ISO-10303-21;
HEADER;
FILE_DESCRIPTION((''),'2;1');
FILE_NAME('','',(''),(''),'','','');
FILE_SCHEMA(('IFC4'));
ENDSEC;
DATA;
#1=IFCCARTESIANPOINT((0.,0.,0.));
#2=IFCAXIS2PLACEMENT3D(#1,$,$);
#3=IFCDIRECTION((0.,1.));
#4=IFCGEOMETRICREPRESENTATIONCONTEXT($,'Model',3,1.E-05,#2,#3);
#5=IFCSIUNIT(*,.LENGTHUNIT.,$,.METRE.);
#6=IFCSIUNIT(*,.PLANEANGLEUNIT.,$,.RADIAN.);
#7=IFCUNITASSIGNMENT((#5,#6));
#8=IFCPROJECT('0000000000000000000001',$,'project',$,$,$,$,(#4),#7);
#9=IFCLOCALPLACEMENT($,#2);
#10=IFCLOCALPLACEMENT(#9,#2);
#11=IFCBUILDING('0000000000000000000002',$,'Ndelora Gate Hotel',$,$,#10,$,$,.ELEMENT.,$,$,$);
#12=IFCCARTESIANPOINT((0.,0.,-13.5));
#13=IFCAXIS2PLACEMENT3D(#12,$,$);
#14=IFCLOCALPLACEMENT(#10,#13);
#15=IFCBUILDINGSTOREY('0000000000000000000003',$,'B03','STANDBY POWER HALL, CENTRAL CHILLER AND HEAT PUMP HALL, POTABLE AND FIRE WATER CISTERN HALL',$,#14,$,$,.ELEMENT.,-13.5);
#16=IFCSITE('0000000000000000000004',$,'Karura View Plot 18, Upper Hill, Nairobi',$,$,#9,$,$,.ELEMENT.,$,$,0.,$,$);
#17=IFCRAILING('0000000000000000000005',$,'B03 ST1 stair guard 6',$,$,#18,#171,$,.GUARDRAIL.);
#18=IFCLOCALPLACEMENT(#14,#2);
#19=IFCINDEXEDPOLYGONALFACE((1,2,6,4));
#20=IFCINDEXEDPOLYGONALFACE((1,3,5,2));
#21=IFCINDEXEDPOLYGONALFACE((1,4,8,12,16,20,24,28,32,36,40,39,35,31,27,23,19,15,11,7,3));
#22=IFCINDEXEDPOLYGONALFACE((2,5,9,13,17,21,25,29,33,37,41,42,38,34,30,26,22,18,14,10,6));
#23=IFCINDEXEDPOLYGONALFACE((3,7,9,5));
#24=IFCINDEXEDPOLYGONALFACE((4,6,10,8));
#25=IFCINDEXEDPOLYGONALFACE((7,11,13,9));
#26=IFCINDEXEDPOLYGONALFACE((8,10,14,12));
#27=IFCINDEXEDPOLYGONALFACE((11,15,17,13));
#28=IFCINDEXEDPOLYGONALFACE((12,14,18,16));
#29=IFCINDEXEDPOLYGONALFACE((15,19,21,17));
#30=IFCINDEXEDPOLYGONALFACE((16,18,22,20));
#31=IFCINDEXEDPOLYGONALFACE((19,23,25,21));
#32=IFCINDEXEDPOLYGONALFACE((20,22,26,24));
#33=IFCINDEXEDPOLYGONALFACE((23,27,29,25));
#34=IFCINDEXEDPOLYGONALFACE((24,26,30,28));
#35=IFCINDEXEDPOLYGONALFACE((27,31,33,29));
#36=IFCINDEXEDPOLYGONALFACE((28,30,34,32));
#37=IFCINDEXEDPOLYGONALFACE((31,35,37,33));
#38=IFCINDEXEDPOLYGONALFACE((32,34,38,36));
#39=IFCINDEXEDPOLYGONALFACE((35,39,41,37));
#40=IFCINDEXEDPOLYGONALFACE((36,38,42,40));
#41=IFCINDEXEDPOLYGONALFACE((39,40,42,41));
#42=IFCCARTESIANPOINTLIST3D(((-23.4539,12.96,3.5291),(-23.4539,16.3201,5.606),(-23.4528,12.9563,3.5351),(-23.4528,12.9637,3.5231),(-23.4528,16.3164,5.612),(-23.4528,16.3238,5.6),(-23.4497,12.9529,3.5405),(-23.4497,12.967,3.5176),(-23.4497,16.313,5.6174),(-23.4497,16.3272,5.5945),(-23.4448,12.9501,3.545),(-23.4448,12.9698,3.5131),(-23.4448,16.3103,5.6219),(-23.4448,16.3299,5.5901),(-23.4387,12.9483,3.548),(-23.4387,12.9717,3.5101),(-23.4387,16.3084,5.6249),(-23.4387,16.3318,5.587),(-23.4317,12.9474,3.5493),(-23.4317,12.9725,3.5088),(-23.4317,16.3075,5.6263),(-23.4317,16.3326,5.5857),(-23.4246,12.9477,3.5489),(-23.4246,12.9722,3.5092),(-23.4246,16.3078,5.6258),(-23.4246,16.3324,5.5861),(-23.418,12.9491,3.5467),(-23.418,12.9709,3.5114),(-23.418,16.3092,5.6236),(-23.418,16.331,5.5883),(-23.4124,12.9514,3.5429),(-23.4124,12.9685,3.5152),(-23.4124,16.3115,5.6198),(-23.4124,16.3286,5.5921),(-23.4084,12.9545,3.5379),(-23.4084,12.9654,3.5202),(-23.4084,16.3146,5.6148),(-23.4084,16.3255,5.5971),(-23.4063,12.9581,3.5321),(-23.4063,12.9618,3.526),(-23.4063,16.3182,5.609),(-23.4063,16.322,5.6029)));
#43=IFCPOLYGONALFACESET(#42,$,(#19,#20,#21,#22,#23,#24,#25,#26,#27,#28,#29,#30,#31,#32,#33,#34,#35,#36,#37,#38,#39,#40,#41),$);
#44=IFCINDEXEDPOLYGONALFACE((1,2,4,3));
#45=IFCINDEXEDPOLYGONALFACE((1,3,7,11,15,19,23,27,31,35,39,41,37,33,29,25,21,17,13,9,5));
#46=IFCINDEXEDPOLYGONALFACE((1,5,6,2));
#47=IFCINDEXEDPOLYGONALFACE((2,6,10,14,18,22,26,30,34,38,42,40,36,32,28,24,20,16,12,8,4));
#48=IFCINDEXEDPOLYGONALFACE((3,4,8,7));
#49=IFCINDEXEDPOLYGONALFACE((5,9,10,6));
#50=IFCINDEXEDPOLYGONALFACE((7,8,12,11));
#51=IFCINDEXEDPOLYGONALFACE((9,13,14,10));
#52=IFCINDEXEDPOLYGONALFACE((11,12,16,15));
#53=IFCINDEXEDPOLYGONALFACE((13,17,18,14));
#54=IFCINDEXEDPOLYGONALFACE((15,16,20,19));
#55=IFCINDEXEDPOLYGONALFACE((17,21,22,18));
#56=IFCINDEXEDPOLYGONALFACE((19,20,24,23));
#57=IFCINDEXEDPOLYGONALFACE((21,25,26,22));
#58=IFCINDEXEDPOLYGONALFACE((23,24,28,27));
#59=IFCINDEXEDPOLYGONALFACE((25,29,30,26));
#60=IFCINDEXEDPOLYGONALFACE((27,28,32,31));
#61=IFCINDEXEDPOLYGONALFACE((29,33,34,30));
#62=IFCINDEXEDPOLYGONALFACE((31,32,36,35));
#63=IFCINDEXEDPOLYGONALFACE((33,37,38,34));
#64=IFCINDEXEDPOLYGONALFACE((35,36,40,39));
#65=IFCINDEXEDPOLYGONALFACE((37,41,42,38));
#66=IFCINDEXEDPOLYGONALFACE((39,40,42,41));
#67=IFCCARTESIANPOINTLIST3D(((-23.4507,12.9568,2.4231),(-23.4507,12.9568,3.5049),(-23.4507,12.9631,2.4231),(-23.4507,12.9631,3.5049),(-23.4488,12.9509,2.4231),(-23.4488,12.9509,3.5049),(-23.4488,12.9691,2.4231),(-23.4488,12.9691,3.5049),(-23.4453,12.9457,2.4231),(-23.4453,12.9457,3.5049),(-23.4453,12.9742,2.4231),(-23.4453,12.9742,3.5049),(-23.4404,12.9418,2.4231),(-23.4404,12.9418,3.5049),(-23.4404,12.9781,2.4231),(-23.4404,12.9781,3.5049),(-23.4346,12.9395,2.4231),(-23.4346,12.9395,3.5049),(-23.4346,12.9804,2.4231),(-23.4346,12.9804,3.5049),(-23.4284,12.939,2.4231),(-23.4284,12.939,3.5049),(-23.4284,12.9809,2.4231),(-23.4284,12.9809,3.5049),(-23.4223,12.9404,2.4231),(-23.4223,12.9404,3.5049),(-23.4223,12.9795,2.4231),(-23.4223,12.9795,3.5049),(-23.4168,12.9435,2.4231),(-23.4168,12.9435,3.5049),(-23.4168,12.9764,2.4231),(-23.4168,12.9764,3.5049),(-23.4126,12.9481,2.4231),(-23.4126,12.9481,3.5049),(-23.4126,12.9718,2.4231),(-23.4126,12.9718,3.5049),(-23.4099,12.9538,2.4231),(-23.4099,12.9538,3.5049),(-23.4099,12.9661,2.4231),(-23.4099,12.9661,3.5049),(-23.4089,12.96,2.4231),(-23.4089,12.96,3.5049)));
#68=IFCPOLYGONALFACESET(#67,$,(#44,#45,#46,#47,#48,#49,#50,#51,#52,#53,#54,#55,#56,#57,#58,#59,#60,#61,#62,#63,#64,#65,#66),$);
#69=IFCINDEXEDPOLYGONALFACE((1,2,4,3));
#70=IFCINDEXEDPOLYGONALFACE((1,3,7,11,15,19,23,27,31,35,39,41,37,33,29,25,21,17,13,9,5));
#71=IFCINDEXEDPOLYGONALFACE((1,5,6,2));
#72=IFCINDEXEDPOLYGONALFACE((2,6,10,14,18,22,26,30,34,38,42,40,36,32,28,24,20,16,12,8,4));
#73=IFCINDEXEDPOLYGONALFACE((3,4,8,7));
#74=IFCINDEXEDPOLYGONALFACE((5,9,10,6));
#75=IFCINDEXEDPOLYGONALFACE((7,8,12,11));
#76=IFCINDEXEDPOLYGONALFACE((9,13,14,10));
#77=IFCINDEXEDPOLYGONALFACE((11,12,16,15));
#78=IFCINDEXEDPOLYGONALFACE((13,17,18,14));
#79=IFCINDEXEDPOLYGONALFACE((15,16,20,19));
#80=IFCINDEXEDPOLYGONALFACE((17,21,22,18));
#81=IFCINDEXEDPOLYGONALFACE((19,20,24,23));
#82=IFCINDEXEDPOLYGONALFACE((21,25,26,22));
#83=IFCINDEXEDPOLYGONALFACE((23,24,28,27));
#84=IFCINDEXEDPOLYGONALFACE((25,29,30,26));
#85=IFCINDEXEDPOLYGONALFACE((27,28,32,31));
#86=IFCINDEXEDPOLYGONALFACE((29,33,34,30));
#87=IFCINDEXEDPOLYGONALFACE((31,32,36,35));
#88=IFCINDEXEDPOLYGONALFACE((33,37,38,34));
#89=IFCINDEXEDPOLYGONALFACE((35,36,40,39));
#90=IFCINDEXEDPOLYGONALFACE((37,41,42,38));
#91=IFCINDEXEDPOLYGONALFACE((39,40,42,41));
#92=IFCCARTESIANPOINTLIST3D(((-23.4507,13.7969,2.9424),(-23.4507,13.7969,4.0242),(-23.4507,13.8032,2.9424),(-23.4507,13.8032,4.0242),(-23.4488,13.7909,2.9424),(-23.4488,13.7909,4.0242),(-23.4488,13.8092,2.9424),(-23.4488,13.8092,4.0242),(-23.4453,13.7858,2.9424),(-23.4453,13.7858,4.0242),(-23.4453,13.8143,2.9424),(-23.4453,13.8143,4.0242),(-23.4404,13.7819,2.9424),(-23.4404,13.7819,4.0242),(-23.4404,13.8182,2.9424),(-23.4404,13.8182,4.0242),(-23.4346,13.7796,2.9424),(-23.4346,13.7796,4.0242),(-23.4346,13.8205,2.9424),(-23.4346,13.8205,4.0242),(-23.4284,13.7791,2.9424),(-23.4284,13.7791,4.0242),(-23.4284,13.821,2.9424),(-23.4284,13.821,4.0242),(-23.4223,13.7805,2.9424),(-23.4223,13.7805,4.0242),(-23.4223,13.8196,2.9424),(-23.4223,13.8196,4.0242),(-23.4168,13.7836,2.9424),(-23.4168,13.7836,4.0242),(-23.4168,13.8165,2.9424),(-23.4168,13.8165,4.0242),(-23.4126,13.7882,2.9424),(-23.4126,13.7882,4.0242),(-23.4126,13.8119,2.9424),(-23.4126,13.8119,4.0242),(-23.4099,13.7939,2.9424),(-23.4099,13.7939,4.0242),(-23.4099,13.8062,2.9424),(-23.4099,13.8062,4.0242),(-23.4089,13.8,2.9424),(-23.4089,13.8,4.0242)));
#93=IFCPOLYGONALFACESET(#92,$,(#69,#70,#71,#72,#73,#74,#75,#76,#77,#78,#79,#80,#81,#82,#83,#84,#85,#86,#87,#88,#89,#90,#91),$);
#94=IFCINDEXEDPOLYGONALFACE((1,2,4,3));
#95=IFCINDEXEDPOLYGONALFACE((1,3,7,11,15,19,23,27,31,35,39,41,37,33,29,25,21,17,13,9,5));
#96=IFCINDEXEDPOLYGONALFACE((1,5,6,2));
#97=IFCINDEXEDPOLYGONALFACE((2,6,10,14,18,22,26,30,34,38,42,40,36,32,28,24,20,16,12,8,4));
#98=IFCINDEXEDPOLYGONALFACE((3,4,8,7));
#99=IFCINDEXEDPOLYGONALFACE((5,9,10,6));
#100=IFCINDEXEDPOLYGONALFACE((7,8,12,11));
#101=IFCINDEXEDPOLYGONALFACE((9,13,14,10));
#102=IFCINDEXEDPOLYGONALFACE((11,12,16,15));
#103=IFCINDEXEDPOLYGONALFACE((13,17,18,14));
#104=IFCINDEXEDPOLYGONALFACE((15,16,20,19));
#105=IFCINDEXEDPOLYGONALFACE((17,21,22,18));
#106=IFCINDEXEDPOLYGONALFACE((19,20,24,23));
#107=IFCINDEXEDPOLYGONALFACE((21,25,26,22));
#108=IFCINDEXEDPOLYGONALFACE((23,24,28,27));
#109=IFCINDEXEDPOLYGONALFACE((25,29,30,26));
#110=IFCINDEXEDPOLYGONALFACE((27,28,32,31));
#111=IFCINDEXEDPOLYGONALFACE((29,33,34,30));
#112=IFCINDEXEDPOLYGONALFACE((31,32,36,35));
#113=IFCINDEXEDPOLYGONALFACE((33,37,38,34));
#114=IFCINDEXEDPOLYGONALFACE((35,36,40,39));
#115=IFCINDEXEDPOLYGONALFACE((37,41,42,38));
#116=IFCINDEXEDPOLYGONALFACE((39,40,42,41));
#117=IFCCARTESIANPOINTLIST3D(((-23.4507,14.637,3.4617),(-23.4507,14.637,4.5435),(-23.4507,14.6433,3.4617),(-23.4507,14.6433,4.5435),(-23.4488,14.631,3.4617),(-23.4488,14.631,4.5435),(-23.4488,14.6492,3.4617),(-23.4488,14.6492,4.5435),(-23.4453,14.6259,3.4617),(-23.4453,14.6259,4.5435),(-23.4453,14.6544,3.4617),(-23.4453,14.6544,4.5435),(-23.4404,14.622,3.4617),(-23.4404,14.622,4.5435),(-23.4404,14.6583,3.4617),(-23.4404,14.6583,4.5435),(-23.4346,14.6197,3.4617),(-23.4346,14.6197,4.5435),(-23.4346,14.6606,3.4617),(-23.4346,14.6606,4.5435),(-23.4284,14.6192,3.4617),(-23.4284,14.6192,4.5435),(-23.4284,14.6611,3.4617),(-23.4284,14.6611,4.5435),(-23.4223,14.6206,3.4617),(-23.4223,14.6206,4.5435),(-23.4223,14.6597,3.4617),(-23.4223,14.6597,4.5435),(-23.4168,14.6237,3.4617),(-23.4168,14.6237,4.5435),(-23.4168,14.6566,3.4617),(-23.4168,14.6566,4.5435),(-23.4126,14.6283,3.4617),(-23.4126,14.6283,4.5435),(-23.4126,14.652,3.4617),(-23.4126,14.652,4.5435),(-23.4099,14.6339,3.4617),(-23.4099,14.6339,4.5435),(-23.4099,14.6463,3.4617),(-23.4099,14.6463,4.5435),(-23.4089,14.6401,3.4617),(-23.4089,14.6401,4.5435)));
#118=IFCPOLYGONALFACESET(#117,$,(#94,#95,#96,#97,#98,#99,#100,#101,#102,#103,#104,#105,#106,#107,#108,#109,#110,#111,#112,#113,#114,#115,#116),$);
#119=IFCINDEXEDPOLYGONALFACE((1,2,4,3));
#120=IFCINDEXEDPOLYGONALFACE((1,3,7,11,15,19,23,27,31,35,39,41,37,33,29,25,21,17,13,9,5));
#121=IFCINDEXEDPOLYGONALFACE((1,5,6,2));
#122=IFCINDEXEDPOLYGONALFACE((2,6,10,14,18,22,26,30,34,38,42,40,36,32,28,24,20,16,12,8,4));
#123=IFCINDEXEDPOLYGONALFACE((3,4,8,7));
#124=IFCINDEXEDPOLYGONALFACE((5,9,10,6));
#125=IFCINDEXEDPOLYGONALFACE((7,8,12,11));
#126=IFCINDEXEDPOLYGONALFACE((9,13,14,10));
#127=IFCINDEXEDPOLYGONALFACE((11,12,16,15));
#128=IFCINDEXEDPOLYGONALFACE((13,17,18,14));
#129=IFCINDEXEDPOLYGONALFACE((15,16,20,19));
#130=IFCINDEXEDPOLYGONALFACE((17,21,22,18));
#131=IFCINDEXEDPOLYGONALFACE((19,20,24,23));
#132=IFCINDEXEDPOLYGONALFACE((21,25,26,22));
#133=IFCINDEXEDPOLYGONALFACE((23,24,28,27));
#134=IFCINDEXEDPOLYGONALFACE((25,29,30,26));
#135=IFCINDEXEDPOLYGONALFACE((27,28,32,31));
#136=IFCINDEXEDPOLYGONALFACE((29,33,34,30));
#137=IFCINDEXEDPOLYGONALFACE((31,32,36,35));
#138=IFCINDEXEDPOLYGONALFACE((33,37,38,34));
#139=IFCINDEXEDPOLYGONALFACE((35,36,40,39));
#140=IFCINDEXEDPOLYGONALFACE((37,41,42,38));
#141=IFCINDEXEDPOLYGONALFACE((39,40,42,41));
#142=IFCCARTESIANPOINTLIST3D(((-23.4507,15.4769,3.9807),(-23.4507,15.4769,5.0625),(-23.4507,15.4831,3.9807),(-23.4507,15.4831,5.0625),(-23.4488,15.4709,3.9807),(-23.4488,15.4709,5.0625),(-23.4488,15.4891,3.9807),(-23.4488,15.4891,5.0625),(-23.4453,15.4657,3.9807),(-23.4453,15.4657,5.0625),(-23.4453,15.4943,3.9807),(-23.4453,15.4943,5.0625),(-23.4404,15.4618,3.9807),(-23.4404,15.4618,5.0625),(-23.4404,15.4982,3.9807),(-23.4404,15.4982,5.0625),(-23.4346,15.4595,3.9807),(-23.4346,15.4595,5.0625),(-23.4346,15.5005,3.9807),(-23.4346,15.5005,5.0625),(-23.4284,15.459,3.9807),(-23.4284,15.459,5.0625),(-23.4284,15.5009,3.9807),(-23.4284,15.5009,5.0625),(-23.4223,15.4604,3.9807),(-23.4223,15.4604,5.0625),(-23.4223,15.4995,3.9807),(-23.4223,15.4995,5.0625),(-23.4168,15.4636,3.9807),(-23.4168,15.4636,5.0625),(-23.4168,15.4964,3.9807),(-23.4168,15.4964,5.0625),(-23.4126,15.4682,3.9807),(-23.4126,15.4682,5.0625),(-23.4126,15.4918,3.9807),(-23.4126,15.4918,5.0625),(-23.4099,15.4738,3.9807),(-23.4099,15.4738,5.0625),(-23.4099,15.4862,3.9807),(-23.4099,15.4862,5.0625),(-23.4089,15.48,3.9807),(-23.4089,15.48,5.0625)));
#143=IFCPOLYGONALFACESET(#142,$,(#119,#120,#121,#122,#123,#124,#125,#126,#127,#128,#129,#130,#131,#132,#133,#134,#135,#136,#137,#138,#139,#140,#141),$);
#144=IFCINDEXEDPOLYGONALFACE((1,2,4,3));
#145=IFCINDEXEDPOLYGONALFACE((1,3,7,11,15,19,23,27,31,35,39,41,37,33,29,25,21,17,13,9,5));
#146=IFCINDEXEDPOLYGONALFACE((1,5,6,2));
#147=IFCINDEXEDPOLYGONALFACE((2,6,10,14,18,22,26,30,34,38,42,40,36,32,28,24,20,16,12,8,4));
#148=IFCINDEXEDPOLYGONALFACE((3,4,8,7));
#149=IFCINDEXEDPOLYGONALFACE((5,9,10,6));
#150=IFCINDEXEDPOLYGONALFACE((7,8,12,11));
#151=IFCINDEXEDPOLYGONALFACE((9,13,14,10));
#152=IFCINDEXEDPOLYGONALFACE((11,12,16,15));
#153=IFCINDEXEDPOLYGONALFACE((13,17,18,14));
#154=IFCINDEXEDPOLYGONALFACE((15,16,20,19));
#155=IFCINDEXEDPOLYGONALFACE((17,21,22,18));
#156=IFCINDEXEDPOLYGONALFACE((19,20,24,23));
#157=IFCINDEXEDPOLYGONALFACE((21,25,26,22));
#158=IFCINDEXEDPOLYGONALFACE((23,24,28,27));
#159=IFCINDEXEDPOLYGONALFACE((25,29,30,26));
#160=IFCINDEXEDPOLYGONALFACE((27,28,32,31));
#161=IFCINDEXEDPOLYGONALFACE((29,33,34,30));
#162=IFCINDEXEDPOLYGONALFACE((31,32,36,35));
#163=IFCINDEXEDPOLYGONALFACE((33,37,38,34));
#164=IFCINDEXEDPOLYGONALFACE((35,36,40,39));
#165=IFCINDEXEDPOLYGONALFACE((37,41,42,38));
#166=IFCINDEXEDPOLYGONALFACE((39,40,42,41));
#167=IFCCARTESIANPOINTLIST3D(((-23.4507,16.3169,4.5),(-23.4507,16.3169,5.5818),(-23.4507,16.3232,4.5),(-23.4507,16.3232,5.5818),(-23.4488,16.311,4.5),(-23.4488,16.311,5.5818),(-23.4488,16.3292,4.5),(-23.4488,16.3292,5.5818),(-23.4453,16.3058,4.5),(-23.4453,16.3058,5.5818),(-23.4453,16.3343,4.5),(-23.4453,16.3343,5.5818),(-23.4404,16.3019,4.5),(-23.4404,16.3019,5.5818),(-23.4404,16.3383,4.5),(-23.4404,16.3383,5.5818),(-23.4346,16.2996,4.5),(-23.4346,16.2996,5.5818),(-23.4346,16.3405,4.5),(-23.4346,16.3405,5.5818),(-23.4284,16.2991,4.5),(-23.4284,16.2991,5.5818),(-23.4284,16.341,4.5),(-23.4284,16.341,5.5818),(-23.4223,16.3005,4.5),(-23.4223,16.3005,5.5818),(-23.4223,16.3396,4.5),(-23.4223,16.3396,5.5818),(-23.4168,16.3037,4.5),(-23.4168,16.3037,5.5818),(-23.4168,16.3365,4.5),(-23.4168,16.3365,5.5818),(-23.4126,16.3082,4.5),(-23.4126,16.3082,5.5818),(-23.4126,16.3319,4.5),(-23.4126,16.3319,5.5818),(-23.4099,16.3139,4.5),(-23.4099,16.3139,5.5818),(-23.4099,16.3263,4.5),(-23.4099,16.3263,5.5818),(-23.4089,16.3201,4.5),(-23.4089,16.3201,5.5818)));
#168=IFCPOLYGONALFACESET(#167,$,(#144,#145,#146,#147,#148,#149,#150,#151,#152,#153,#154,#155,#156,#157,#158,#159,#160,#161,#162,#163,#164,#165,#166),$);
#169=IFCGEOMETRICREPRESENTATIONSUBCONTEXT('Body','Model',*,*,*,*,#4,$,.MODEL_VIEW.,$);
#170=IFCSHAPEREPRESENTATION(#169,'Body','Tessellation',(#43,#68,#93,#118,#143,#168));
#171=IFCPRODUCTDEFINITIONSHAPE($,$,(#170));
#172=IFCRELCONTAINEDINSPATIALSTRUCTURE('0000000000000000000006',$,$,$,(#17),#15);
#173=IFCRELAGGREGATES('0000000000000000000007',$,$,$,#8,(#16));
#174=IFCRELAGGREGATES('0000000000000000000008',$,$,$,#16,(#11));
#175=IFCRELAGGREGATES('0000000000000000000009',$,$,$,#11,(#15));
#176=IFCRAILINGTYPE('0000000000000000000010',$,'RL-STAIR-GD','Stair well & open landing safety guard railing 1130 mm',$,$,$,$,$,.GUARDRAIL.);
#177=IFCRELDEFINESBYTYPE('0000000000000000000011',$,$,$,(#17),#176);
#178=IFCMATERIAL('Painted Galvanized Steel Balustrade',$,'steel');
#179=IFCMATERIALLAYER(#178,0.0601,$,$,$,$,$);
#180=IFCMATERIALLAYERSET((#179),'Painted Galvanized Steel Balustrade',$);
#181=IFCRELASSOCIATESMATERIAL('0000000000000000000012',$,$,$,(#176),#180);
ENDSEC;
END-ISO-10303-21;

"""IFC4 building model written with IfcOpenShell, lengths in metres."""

from ifc_helpers import new_model, si_unit, direction, frame, origin, origin_2d, place, context, subcontext, project, spatial, circle, extrude, material, layer, layer_set, type_object, element, save


model = new_model("IFC4")

# Units and contexts
model_context = context("Model", 3, precision=1e-05, world=origin(), true_north=direction((0.0, 1.0)))
body_context = subcontext(model_context, "Body", "Model", "MODEL_VIEW")
ifc_project = project(units=[si_unit("LENGTHUNIT", "METRE"), si_unit("PLANEANGLEUNIT", "RADIAN")], contexts=[model_context])

# Site, building, storey
site_placement = place(None, origin())
site = spatial("IfcSite", under=ifc_project, at=site_placement, Name="Karura View Plot 18, Upper Hill, Nairobi", CompositionType="ELEMENT", RefElevation=0.0)
building_placement = place(site_placement, origin())
building = spatial("IfcBuilding", under=site, at=building_placement, Name="Ndelora Gate Hotel", CompositionType="ELEMENT")
storey_placement = place(building_placement, frame((0.0, 0.0, -13.5)))
storey = spatial("IfcBuildingStorey", under=building, at=storey_placement, Name="B03", Description="STANDBY POWER HALL, CENTRAL CHILLER AND HEAT PUMP HALL, POTABLE AND FIRE WATER CISTERN HALL", CompositionType="ELEMENT", Elevation=-13.5)

# Railing
ifc_material_1 = material(Name="Painted Galvanized Steel Balustrade", Category="steel")
ifc_layer_1 = layer(ifc_material_1, 0.0601)
ifc_layer_set_1 = layer_set([ifc_layer_1], Name="Painted Galvanized Steel Balustrade")
railing_type = type_object("IfcRailingType", Name="RL-STAIR-GD", Description="Stair well & open landing safety guard railing 1130 mm", PredefinedType="GUARDRAIL", material=ifc_layer_set_1)
railing_1_placement = place(storey_placement, frame((-23.4299, 12.96, 2.4231)))
element("IfcRailing", 1, at=railing_1_placement, inside=storey, type_object=railing_type, Name="B03 ST1 stair guard 6", PredefinedType="GUARDRAIL", context=body_context, shape_type="SweptSolid", body=[
    extrude(circle(Radius=0.0239, at=origin_2d()), frame((0.0, 0.0, 1.106), z_axis=(0.0, 0.850623, 0.525776), x_axis=(-1.0, 0.0, 0.0)), (0.0, 0.0, 1.0), 3.9502),
    extrude(circle(Radius=0.021, at=origin_2d()), origin(), (0.0, 0.0, 1.0), 1.0818),
    extrude(circle(Radius=0.021, at=origin_2d()), frame((0.0, 0.8401, 0.5193)), (0.0, 0.0, 1.0), 1.0818),
    extrude(circle(Radius=0.021, at=origin_2d()), frame((0.0, 1.6802, 1.0386)), (0.0, 0.0, 1.0), 1.0818),
    extrude(circle(Radius=0.021, at=origin_2d()), frame((0.0, 2.52, 1.5576)), (0.0, 0.0, 1.0), 1.0818),
    extrude(circle(Radius=0.021, at=origin_2d()), frame((0.0, 3.3601, 2.0769)), (0.0, 0.0, 1.0), 1.0818),
])

save(model, "model.ifc")
